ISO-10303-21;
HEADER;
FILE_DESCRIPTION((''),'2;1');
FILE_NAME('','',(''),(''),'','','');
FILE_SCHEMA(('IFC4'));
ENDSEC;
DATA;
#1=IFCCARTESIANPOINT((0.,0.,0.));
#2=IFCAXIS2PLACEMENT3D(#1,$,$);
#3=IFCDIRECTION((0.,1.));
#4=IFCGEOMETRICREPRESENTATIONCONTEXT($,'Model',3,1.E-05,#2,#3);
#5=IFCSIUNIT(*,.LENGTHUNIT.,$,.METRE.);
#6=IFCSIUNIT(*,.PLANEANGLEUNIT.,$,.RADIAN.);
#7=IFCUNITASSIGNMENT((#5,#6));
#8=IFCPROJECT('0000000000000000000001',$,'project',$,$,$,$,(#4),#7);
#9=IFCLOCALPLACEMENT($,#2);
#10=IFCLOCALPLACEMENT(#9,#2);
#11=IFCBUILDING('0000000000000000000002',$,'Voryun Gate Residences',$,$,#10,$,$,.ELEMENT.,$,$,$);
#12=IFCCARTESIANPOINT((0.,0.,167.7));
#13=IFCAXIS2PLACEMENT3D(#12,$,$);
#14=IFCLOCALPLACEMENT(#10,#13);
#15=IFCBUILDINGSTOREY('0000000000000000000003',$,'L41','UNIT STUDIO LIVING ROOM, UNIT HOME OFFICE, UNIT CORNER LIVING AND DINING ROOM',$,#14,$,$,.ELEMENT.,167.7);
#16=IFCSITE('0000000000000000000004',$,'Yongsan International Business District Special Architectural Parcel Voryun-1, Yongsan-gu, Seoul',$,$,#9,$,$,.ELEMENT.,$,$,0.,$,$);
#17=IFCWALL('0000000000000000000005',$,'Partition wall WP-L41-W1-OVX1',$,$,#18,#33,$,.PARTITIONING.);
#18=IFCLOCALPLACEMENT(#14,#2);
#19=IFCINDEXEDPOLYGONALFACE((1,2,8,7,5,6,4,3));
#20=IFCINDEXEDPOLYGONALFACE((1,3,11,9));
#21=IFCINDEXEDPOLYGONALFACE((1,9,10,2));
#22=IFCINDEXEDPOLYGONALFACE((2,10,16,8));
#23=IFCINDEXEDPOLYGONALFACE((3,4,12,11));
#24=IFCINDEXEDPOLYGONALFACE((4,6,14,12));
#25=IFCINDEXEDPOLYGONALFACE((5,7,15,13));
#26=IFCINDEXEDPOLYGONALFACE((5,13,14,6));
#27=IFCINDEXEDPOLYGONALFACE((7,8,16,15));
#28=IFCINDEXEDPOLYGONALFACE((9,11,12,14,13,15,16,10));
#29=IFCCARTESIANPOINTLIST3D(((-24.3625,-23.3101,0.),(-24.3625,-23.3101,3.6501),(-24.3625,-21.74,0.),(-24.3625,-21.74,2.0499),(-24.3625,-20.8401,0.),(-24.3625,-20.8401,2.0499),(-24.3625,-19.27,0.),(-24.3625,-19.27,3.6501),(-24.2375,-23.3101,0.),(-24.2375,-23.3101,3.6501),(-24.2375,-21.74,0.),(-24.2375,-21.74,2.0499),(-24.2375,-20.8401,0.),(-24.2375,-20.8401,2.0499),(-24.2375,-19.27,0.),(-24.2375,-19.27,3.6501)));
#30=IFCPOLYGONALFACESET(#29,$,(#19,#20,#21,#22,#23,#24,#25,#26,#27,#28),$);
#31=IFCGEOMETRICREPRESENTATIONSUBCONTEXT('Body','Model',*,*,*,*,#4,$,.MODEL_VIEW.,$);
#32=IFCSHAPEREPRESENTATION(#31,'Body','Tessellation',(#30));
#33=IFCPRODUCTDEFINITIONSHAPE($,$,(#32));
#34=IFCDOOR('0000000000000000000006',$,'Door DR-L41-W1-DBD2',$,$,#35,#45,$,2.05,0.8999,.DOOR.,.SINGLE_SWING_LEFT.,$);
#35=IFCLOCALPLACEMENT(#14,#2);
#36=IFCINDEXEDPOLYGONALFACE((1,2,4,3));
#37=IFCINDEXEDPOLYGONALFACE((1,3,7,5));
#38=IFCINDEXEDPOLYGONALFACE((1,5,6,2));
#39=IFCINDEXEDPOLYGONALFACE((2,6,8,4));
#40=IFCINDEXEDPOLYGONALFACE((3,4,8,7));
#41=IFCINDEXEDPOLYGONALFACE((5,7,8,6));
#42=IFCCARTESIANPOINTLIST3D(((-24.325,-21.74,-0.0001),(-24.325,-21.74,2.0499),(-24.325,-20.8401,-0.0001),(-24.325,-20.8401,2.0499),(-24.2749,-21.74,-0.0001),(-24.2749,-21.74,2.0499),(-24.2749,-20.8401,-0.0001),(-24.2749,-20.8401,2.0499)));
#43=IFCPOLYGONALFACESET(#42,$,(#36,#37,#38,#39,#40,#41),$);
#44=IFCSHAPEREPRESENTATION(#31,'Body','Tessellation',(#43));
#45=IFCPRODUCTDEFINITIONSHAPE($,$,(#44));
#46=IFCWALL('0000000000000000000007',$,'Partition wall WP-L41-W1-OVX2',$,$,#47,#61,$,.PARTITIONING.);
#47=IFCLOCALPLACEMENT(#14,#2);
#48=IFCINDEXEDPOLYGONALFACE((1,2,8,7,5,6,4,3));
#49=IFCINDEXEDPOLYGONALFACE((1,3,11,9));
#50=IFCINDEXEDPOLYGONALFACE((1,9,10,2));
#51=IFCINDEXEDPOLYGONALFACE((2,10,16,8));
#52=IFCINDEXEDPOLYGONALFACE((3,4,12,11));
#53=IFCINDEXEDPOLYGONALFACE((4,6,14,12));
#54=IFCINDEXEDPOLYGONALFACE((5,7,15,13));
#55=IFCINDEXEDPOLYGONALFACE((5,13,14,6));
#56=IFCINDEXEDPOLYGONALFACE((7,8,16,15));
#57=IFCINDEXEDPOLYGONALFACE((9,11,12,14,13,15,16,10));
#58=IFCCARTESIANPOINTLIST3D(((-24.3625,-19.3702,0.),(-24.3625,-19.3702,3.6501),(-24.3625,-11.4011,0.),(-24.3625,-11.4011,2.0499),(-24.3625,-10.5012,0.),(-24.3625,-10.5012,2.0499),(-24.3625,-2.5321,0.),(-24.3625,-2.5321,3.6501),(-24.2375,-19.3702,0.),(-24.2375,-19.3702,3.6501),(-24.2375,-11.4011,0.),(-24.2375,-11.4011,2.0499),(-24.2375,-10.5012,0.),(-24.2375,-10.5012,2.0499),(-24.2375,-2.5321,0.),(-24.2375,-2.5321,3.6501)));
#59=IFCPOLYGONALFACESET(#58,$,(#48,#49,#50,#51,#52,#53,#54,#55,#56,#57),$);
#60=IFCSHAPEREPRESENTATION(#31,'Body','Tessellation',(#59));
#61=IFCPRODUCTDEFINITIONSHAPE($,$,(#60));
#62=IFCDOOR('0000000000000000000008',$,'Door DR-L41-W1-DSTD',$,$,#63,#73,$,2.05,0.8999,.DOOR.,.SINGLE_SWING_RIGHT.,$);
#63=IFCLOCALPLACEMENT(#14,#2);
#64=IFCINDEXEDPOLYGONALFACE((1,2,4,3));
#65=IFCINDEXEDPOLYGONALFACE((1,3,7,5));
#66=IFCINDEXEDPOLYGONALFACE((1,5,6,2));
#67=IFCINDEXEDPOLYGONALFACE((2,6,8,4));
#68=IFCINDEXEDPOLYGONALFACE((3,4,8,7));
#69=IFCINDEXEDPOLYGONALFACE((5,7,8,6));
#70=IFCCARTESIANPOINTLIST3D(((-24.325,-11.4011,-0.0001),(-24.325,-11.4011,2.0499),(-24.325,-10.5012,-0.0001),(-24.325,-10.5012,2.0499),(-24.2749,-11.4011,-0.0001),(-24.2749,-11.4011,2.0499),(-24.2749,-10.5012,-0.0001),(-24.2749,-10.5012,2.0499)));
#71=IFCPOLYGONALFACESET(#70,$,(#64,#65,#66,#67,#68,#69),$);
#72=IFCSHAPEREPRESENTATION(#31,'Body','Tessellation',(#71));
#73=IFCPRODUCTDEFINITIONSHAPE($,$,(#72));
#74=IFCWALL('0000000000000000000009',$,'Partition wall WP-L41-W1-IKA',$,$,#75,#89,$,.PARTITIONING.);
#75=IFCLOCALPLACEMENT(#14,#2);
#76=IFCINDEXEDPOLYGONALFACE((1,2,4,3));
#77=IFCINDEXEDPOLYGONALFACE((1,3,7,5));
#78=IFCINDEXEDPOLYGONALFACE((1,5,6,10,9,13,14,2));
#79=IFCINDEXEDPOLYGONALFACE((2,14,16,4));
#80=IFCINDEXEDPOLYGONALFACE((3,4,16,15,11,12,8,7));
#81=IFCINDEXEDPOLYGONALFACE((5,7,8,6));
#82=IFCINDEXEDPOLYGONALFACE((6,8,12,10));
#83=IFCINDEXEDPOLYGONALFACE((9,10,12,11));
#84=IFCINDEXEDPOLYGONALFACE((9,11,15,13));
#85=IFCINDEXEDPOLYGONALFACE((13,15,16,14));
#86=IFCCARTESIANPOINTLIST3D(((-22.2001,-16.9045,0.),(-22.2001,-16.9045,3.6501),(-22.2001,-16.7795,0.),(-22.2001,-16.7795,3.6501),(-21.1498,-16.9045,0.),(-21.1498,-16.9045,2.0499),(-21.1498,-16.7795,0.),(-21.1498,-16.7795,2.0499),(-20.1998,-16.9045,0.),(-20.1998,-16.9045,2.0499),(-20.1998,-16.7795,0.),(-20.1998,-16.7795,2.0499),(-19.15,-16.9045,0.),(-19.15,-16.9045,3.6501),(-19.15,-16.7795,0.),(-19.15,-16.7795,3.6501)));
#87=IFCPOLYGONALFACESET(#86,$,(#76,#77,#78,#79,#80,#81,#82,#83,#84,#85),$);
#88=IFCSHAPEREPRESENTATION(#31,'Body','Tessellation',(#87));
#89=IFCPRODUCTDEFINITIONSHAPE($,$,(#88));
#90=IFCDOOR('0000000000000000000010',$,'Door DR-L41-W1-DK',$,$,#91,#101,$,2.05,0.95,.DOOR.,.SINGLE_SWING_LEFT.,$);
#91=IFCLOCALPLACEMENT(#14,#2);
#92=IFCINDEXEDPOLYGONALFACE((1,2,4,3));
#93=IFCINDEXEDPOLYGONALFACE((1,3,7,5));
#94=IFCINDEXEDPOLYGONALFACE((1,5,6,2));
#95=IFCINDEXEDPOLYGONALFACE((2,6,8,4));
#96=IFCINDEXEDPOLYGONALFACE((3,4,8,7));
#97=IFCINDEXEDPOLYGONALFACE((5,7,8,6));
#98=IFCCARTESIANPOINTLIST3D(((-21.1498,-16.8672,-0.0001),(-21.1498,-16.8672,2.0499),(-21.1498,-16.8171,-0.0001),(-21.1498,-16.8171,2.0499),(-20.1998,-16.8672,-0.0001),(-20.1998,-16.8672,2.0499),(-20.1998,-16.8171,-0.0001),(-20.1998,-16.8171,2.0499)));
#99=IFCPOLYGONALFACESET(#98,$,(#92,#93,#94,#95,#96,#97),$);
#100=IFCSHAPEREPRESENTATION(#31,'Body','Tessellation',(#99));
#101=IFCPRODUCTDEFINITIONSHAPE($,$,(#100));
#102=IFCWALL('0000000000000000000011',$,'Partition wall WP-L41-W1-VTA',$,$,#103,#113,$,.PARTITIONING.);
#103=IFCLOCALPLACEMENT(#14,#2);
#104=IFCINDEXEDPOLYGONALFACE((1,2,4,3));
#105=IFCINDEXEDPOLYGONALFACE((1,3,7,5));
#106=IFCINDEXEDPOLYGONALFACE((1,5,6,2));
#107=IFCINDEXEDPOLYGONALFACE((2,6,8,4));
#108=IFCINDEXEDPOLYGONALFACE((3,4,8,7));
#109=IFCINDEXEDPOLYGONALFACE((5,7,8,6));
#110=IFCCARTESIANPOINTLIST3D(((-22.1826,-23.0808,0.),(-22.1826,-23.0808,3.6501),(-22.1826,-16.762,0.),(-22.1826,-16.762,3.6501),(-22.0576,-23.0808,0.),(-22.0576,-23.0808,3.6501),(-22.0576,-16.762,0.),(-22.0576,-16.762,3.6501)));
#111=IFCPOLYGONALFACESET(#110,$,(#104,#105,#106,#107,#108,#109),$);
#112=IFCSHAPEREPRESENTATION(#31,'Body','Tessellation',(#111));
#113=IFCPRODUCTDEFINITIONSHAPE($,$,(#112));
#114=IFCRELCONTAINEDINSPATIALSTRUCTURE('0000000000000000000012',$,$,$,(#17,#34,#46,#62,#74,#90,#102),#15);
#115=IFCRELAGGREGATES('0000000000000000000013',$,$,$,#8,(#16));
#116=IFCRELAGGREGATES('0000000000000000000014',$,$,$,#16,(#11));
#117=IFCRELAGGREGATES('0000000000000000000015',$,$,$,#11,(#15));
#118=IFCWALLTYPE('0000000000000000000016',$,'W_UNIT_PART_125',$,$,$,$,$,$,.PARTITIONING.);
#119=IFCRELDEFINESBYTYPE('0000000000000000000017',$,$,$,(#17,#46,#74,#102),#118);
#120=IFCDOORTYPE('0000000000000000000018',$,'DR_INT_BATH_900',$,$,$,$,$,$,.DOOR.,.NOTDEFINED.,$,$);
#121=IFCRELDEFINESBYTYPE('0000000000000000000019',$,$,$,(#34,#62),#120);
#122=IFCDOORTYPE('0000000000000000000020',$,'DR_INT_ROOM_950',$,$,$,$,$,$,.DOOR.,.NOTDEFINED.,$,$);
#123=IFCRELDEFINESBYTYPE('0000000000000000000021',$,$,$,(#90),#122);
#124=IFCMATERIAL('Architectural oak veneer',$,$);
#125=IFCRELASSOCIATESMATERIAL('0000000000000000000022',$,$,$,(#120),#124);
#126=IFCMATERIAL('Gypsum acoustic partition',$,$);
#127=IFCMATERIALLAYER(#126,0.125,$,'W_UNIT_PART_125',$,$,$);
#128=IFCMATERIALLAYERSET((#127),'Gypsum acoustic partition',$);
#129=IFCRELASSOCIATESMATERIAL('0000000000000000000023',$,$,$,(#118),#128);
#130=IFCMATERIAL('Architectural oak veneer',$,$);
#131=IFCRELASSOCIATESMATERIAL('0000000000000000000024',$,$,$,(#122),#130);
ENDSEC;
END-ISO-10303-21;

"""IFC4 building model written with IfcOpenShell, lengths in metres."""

from ifc_helpers import new_model, si_unit, direction, frame, frame_2d, origin, place, context, subcontext, project, spatial, rectangle, extrude, material, layer, layer_set, type_object, element, fill, save


model = new_model("IFC4")

# Units and contexts
model_context = context("Model", 3, precision=1e-05, world=origin(), true_north=direction((0.0, 1.0)))
body_context = subcontext(model_context, "Body", "Model", "MODEL_VIEW")
ifc_project = project(units=[si_unit("LENGTHUNIT", "METRE"), si_unit("PLANEANGLEUNIT", "RADIAN")], contexts=[model_context])

# Site, building, storey
site_placement = place(None, origin())
site = spatial("IfcSite", under=ifc_project, at=site_placement, Name="Yongsan International Business District Special Architectural Parcel Voryun-1, Yongsan-gu, Seoul", CompositionType="ELEMENT", RefElevation=0.0)
building_placement = place(site_placement, origin())
building = spatial("IfcBuilding", under=site, at=building_placement, Name="Voryun Gate Residences", CompositionType="ELEMENT")
storey_placement = place(building_placement, frame((0.0, 0.0, 167.7)))
storey = spatial("IfcBuildingStorey", under=building, at=storey_placement, Name="L41", Description="UNIT STUDIO LIVING ROOM, UNIT HOME OFFICE, UNIT CORNER LIVING AND DINING ROOM", CompositionType="ELEMENT", Elevation=167.7)

# Shared definitions
ifc_material_1 = material(Name="Architectural oak veneer")
door_type_1 = type_object("IfcDoorType", Name="DR_INT_BATH_900", OperationType="NOTDEFINED", PredefinedType="DOOR", material=ifc_material_1)

# Shared definitions
ifc_material_2 = material(Name="Gypsum acoustic partition")
ifc_layer_1 = layer(ifc_material_2, 0.125, Name="W_UNIT_PART_125")
ifc_layer_set_1 = layer_set([ifc_layer_1], Name="Gypsum acoustic partition")
wall_type_1 = type_object("IfcWallType", Name="W_UNIT_PART_125", PredefinedType="PARTITIONING", material=ifc_layer_set_1)

# Walls, openings, doors
wall_1_placement = place(storey_placement, frame((-24.3, -23.3101, 0.0), z_axis=(0.0, 0.0, 1.0), x_axis=(0.0, 1.0, 0.0)))
wall_1 = element("IfcWall", 1, at=wall_1_placement, inside=storey, type_object=wall_type_1, Name="Partition wall WP-L41-W1-OVX1", PredefinedType="PARTITIONING", context=body_context, shape_type="SweptSolid", body=[
    extrude(rectangle(XDim=4.04, YDim=0.125, at=frame_2d((2.02, 0.0))), origin(), (0.0, 0.0, 1.0), 3.6501),
])
opening_1_placement = place(wall_1_placement, frame((1.5701, 0.0, 0.0)))
opening_1 = element("IfcOpeningElement", 2, at=opening_1_placement, cuts=wall_1, PredefinedType="OPENING", context=body_context, shape_type="SweptSolid", body=[
    extrude(rectangle(XDim=0.8999, YDim=2.05, at=frame_2d((0.45, 1.0249))), frame((0.0, 0.0725, 0.0), z_axis=(0.0, -1.0, 0.0), x_axis=(1.0, 0.0, 0.0)), (0.0, 0.0, 1.0), 0.145),
])
door_1_placement = place(opening_1_placement, origin())
door_1 = element("IfcDoor", 3, at=door_1_placement, inside=storey, type_object=door_type_1, Name="Door DR-L41-W1-DBD2", OperationType="SINGLE_SWING_LEFT", OverallHeight=2.05, OverallWidth=0.8999, PredefinedType="DOOR", context=body_context, shape_type="SweptSolid", body=[
    extrude(rectangle(XDim=0.8999, YDim=2.05, at=frame_2d((0.45, 1.0249))), frame((0.0, 0.0249, 0.0), z_axis=(0.0, -1.0, 0.0), x_axis=(1.0, 0.0, 0.0)), (0.0, 0.0, 1.0), 0.05),
])
fill(opening_1, door_1)
wall_2_placement = place(storey_placement, frame((-24.3, -19.3701, 0.0), z_axis=(0.0, 0.0, 1.0), x_axis=(0.0, 1.0, 0.0)))
wall_2 = element("IfcWall", 4, at=wall_2_placement, inside=storey, type_object=wall_type_1, Name="Partition wall WP-L41-W1-OVX2", PredefinedType="PARTITIONING", context=body_context, shape_type="SweptSolid", body=[
    extrude(rectangle(XDim=16.8381, YDim=0.125, at=frame_2d((8.4189, 0.0))), origin(), (0.0, 0.0, 1.0), 3.6501),
])
opening_2_placement = place(wall_2_placement, frame((7.969, 0.0, 0.0)))
opening_2 = element("IfcOpeningElement", 5, at=opening_2_placement, cuts=wall_2, PredefinedType="OPENING", context=body_context, shape_type="SweptSolid", body=[
    extrude(rectangle(XDim=0.8999, YDim=2.05, at=frame_2d((0.45, 1.0249))), frame((0.0, 0.0725, 0.0), z_axis=(0.0, -1.0, 0.0), x_axis=(1.0, 0.0, 0.0)), (0.0, 0.0, 1.0), 0.145),
])
door_2_placement = place(opening_2_placement, origin())
door_2 = element("IfcDoor", 6, at=door_2_placement, inside=storey, type_object=door_type_1, Name="Door DR-L41-W1-DSTD", OperationType="SINGLE_SWING_RIGHT", OverallHeight=2.05, OverallWidth=0.8999, PredefinedType="DOOR", context=body_context, shape_type="SweptSolid", body=[
    extrude(rectangle(XDim=0.8999, YDim=2.05, at=frame_2d((0.45, 1.0249))), frame((0.0, 0.0249, 0.0), z_axis=(0.0, -1.0, 0.0), x_axis=(1.0, 0.0, 0.0)), (0.0, 0.0, 1.0), 0.05),
])
fill(opening_2, door_2)
wall_3_placement = place(storey_placement, frame((-22.2, -16.842, 0.0), z_axis=(0.0, 0.0, 1.0), x_axis=(1.0, 0.0, 0.0)))
wall_3 = element("IfcWall", 7, at=wall_3_placement, inside=storey, type_object=wall_type_1, Name="Partition wall WP-L41-W1-IKA", PredefinedType="PARTITIONING", context=body_context, shape_type="SweptSolid", body=[
    extrude(rectangle(XDim=3.05, YDim=0.125, at=frame_2d((1.5249, 0.0))), origin(), (0.0, 0.0, 1.0), 3.6501),
])
opening_3_placement = place(wall_3_placement, frame((1.05, 0.0, 0.0)))
opening_3 = element("IfcOpeningElement", 8, at=opening_3_placement, cuts=wall_3, PredefinedType="OPENING", context=body_context, shape_type="SweptSolid", body=[
    extrude(rectangle(XDim=0.95, YDim=2.05, at=frame_2d((0.4751, 1.0249))), frame((0.0, 0.0725, 0.0), z_axis=(0.0, -1.0, 0.0), x_axis=(1.0, 0.0, 0.0)), (0.0, 0.0, 1.0), 0.145),
])
ifc_material_3 = material(Name="Architectural oak veneer")
door_type_2 = type_object("IfcDoorType", Name="DR_INT_ROOM_950", OperationType="NOTDEFINED", PredefinedType="DOOR", material=ifc_material_3)
door_3_placement = place(opening_3_placement, origin())
door_3 = element("IfcDoor", 9, at=door_3_placement, inside=storey, type_object=door_type_2, Name="Door DR-L41-W1-DK", OperationType="SINGLE_SWING_LEFT", OverallHeight=2.05, OverallWidth=0.95, PredefinedType="DOOR", context=body_context, shape_type="SweptSolid", body=[
    extrude(rectangle(XDim=0.95, YDim=2.05, at=frame_2d((0.4751, 1.0249))), frame((0.0, 0.0249, 0.0), z_axis=(0.0, -1.0, 0.0), x_axis=(1.0, 0.0, 0.0)), (0.0, 0.0, 1.0), 0.05),
])
fill(opening_3, door_3)

# Wall
wall_4_placement = place(storey_placement, frame((-22.1201, -23.0808, 0.0), z_axis=(0.0, 0.0, 1.0), x_axis=(0.0, 1.0, 0.0)))
element("IfcWall", 10, at=wall_4_placement, inside=storey, type_object=wall_type_1, Name="Partition wall WP-L41-W1-VTA", PredefinedType="PARTITIONING", context=body_context, shape_type="SweptSolid", body=[
    extrude(rectangle(XDim=6.3188, YDim=0.125, at=frame_2d((3.1594, 0.0))), origin(), (0.0, 0.0, 1.0), 3.6501),
])

save(model, "model.ifc")
